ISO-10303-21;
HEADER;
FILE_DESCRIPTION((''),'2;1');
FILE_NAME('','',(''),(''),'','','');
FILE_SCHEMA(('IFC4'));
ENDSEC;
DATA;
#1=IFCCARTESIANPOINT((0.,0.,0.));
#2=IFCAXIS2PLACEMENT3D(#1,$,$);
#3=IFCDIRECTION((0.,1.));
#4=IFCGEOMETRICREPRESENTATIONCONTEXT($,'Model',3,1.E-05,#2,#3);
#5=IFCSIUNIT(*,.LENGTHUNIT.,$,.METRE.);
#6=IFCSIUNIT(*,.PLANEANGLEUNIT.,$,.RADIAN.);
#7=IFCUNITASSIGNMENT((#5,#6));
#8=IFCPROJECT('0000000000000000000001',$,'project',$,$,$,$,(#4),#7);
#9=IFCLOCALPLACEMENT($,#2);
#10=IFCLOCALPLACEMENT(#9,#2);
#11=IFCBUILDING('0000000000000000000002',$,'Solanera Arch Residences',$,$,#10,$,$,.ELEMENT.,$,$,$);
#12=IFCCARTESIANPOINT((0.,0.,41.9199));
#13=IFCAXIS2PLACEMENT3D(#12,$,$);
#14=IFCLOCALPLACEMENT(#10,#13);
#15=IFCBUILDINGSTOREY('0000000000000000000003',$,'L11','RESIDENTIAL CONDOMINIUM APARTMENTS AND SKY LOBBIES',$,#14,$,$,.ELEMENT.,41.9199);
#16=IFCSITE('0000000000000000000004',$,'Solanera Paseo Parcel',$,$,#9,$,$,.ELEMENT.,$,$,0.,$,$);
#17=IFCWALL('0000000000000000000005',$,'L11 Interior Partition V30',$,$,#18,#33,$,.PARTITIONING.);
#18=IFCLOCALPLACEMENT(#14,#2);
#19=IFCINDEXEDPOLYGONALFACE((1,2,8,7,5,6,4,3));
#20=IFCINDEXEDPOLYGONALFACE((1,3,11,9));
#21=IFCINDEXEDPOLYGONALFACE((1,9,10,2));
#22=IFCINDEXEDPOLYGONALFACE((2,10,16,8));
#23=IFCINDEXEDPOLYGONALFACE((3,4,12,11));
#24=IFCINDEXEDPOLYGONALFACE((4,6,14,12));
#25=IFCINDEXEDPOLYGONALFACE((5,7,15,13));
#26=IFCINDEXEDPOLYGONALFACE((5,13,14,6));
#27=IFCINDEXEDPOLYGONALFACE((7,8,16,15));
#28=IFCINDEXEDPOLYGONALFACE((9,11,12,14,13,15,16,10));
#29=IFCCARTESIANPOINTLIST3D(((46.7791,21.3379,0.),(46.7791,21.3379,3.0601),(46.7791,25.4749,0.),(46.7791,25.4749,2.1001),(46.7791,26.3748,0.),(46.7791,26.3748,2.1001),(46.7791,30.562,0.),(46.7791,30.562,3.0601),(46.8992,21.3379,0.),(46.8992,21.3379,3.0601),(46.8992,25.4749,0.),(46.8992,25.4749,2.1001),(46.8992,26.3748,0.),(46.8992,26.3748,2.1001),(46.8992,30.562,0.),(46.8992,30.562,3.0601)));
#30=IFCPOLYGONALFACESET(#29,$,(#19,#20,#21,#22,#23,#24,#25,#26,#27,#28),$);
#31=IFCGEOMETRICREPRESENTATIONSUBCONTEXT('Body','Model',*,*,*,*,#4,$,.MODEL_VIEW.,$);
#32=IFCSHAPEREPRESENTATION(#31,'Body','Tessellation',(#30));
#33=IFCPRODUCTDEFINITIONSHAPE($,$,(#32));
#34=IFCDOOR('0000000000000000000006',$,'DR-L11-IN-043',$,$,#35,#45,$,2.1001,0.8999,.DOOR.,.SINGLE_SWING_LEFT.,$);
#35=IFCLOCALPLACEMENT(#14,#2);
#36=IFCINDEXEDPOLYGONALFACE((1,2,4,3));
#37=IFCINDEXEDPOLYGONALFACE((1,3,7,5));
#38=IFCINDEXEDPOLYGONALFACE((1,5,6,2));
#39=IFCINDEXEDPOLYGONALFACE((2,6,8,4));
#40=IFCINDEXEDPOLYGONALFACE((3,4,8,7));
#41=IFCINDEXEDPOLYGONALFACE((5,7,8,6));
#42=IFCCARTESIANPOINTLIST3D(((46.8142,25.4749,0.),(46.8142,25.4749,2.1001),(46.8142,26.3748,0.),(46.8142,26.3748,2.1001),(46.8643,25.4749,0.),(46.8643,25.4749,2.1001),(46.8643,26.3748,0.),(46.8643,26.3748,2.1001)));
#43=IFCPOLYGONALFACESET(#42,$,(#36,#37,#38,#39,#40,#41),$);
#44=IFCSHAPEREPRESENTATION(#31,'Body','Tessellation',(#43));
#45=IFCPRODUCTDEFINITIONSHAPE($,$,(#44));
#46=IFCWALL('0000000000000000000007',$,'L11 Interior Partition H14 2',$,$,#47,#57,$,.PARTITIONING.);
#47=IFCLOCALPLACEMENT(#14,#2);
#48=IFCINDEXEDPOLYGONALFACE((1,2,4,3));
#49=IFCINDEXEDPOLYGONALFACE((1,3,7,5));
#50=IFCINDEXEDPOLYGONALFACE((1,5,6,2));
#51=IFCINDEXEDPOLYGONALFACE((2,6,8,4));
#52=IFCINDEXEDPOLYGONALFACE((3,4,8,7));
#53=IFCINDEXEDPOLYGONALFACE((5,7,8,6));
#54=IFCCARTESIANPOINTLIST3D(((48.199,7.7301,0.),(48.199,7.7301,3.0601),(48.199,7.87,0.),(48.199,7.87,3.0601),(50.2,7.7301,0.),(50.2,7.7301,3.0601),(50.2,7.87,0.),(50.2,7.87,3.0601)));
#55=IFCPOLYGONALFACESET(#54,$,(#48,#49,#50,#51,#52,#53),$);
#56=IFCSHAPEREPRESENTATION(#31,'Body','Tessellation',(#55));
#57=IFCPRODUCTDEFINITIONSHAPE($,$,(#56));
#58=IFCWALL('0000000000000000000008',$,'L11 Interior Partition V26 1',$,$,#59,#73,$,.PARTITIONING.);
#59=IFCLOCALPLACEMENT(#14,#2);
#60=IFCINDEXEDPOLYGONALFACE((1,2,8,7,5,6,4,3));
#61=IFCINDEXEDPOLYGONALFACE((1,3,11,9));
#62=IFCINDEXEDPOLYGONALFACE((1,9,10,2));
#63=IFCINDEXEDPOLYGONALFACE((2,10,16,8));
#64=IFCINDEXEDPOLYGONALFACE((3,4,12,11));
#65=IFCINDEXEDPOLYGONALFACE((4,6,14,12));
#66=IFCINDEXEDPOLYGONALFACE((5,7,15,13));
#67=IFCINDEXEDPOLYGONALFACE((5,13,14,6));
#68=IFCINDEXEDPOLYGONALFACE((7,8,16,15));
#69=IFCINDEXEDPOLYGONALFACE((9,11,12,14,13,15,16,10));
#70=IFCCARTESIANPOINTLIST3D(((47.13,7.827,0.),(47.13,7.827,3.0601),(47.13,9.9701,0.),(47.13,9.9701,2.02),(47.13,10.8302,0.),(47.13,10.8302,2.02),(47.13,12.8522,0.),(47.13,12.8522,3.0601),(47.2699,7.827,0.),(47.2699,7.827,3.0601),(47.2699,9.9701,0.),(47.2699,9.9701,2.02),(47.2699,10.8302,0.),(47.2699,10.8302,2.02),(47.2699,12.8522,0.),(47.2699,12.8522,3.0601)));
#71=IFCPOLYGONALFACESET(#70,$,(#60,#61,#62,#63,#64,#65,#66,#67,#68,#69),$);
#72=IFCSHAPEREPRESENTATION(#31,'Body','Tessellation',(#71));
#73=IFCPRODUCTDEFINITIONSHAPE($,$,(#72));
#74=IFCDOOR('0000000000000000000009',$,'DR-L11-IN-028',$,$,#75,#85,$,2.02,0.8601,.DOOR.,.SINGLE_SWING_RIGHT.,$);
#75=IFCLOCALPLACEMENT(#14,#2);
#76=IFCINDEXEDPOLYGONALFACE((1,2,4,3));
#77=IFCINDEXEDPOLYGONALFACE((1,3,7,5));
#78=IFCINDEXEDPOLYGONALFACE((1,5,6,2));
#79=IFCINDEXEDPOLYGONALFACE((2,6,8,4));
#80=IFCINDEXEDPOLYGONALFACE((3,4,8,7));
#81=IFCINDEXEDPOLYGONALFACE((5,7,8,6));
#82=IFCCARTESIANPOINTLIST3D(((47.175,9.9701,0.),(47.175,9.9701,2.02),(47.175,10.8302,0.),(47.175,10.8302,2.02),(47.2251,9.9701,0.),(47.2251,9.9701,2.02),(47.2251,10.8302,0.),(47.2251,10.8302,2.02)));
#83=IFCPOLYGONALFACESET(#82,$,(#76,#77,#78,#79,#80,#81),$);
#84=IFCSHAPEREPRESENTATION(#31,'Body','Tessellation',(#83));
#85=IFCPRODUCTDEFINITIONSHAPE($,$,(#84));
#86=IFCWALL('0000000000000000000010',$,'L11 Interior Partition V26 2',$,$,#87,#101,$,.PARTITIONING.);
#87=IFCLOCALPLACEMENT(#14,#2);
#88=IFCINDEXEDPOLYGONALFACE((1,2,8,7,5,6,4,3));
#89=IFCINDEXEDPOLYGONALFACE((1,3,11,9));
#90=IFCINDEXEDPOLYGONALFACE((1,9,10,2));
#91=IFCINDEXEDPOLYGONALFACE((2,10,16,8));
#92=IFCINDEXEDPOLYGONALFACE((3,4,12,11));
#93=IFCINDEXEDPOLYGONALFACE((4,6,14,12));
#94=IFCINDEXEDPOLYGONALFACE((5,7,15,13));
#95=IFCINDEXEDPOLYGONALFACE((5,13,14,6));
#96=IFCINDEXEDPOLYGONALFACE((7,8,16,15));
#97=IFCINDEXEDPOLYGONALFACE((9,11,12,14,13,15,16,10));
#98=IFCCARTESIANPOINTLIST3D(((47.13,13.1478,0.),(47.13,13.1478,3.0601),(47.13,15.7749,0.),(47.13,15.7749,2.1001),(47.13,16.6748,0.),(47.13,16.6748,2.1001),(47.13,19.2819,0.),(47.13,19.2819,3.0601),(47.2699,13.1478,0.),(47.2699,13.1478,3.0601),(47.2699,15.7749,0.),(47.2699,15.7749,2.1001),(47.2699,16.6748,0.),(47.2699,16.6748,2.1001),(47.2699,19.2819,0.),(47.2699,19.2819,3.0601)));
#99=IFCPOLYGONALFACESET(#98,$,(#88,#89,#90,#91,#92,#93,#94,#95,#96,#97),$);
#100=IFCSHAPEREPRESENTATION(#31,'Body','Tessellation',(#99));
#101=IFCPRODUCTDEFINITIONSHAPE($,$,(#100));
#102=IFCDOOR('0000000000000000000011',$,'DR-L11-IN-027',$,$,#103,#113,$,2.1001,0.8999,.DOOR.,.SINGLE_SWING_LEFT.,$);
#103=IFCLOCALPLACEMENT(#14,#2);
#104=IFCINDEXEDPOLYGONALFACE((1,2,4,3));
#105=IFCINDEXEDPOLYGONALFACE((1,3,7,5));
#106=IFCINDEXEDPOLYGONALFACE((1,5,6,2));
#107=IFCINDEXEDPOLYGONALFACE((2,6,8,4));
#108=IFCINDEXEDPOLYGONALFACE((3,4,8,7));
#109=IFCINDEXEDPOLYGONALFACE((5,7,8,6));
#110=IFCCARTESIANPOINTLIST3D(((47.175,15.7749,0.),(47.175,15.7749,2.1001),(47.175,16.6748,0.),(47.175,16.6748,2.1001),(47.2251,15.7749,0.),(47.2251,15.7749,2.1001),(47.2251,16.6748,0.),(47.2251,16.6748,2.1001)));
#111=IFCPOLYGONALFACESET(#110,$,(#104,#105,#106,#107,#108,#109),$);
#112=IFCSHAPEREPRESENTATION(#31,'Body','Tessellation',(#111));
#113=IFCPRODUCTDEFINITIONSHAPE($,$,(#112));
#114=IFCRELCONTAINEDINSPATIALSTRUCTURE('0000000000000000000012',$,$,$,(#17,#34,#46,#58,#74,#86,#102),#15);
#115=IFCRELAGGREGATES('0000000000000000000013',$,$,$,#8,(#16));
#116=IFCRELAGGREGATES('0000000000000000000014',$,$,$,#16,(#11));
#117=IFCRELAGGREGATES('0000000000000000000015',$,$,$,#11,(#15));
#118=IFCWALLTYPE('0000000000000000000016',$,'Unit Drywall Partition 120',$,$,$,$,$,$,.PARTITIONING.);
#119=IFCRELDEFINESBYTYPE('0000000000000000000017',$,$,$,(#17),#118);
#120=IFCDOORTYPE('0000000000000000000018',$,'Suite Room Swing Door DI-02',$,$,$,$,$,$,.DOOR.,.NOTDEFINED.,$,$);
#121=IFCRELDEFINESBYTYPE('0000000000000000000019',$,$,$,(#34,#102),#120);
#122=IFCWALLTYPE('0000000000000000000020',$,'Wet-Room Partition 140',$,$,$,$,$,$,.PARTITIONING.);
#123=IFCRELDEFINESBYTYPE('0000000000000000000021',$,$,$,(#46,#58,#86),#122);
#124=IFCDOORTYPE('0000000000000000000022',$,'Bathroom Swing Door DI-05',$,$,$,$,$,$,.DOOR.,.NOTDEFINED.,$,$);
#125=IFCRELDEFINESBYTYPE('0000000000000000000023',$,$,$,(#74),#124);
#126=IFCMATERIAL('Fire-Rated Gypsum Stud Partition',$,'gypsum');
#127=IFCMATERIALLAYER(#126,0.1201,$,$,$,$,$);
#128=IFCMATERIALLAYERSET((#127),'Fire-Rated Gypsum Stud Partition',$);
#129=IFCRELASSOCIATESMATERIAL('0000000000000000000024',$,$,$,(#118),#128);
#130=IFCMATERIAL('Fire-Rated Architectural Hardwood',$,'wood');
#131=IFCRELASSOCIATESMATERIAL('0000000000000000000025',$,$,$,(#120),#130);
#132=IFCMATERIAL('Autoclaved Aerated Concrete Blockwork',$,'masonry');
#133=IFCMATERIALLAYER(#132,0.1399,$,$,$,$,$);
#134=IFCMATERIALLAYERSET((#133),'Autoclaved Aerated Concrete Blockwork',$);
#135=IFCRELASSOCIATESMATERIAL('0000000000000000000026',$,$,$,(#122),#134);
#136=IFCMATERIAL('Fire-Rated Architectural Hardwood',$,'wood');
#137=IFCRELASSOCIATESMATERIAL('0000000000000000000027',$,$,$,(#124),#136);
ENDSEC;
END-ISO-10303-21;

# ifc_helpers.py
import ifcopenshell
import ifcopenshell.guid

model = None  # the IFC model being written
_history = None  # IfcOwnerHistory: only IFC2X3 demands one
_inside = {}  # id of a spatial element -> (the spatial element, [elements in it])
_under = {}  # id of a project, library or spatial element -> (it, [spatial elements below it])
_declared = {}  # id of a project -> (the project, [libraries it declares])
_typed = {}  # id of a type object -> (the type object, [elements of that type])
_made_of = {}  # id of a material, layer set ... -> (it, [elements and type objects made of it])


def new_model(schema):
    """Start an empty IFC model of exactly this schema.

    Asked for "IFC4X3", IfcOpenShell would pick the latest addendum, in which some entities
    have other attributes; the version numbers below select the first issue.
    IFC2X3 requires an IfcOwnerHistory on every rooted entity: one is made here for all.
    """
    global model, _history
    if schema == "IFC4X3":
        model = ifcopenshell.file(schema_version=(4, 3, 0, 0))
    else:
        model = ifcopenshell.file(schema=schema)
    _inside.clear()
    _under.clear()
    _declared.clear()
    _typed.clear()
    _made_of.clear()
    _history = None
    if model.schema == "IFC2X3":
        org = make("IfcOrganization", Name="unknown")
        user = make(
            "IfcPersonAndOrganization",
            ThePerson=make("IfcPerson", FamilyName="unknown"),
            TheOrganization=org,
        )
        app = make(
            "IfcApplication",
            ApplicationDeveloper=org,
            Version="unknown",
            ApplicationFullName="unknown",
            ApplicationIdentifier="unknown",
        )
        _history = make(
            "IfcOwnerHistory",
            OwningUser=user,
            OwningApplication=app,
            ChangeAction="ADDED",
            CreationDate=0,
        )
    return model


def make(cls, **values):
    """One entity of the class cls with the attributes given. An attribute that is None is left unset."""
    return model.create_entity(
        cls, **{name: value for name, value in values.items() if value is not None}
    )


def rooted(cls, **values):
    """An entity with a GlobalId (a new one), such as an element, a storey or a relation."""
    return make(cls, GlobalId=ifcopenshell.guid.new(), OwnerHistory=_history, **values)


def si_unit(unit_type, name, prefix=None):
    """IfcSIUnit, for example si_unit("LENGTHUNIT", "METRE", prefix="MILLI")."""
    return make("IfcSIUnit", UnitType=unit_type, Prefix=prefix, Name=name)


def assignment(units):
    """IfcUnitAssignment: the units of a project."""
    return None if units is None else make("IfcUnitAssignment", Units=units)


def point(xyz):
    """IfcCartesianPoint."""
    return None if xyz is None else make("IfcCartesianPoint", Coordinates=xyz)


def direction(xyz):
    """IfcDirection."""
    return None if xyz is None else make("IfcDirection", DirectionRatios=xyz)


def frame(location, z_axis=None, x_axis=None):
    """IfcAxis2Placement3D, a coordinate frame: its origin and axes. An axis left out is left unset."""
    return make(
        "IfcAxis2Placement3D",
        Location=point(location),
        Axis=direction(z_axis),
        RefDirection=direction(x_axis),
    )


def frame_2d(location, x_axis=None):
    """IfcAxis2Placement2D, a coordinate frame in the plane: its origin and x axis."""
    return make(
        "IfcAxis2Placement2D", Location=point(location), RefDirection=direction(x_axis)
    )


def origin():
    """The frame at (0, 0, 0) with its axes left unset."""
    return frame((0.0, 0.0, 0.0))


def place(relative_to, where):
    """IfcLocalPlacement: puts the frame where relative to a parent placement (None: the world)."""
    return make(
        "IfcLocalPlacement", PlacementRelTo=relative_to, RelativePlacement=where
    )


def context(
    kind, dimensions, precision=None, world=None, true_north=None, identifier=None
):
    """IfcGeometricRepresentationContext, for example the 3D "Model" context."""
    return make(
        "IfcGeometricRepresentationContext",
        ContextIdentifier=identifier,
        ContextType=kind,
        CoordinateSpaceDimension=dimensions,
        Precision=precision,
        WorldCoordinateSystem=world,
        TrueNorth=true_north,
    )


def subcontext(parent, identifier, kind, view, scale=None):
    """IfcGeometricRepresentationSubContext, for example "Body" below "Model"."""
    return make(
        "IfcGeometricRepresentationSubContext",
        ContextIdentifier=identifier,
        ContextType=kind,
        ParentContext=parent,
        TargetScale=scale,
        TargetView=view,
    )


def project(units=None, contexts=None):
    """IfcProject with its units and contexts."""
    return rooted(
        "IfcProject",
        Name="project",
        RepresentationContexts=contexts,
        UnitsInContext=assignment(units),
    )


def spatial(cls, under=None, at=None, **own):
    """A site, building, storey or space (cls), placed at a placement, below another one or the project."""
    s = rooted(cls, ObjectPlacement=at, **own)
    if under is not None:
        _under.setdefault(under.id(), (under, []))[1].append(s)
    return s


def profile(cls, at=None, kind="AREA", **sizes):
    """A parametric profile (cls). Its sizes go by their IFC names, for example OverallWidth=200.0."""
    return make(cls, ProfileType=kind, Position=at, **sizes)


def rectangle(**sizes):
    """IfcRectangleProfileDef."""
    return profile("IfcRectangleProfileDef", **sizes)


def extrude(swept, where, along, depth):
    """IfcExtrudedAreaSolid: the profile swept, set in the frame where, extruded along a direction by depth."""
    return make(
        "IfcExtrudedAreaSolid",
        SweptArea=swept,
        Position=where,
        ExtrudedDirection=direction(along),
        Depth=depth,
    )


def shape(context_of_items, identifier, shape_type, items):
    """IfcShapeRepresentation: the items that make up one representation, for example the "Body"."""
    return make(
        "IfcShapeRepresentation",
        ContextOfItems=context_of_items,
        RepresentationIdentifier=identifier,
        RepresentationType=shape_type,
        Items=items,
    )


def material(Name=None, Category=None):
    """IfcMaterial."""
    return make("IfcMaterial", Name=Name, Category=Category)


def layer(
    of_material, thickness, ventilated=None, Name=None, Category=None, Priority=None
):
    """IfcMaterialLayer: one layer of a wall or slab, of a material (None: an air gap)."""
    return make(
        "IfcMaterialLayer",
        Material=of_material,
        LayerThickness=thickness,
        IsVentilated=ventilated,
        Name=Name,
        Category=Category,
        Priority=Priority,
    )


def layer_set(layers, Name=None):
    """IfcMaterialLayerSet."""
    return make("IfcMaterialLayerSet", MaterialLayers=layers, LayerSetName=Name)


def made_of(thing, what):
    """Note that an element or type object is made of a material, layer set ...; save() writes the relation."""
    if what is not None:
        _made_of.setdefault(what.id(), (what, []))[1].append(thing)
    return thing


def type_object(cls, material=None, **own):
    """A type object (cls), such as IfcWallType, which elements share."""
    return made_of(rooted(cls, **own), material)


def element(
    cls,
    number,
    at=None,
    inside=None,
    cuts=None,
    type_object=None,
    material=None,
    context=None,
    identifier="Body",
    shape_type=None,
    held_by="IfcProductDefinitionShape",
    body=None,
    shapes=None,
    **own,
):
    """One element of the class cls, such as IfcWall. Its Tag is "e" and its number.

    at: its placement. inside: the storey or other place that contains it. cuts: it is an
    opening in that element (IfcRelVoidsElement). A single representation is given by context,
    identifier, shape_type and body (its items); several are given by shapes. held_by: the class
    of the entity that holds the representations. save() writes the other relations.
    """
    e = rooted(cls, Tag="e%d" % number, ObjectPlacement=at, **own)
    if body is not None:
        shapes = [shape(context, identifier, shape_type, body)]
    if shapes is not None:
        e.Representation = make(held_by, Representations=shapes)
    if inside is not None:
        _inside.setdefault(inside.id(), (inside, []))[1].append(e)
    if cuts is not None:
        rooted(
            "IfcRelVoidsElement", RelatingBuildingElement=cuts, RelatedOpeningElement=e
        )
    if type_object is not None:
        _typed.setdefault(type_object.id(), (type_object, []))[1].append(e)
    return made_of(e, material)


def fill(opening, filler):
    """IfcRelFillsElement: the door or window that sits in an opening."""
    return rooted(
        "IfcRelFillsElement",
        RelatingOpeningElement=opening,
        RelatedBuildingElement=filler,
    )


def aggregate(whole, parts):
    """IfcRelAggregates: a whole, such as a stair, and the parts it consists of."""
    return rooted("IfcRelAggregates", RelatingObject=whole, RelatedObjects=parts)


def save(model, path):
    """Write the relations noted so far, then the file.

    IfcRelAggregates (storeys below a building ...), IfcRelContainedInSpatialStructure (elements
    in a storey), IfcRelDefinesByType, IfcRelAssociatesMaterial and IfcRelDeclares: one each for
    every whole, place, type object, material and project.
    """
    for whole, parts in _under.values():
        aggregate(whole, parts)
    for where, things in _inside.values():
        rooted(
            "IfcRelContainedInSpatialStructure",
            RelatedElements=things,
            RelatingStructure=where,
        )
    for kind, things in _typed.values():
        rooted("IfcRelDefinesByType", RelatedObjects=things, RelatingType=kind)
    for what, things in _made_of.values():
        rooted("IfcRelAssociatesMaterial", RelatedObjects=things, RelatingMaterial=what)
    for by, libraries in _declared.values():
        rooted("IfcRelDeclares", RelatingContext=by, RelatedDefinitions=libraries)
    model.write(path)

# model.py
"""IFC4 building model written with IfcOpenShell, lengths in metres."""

from ifc_helpers import new_model, si_unit, direction, frame, frame_2d, origin, place, context, subcontext, project, spatial, rectangle, extrude, material, layer, layer_set, type_object, element, fill, save


model = new_model("IFC4")

# Units and contexts
model_context = context("Model", 3, precision=1e-05, world=origin(), true_north=direction((0.0, 1.0)))
body_context = subcontext(model_context, "Body", "Model", "MODEL_VIEW")
ifc_project = project(units=[si_unit("LENGTHUNIT", "METRE"), si_unit("PLANEANGLEUNIT", "RADIAN")], contexts=[model_context])

# Site, building, storey
site_placement = place(None, origin())
site = spatial("IfcSite", under=ifc_project, at=site_placement, Name="Solanera Paseo Parcel", CompositionType="ELEMENT", RefElevation=0.0)
building_placement = place(site_placement, origin())
building = spatial("IfcBuilding", under=site, at=building_placement, Name="Solanera Arch Residences", CompositionType="ELEMENT")
storey_placement = place(building_placement, frame((0.0, 0.0, 41.9199)))
storey = spatial("IfcBuildingStorey", under=building, at=storey_placement, Name="L11", Description="RESIDENTIAL CONDOMINIUM APARTMENTS AND SKY LOBBIES", CompositionType="ELEMENT", Elevation=41.9199)

# Shared definitions
ifc_material_1 = material(Name="Fire-Rated Gypsum Stud Partition", Category="gypsum")
ifc_layer_1 = layer(ifc_material_1, 0.1201)
ifc_layer_set_1 = layer_set([ifc_layer_1], Name="Fire-Rated Gypsum Stud Partition")
wall_type_1 = type_object("IfcWallType", Name="Unit Drywall Partition 120", PredefinedType="PARTITIONING", material=ifc_layer_set_1)

# Wall, opening, door
wall_1_placement = place(storey_placement, frame((46.8391, 21.3379, 0.0), z_axis=(0.0, 0.0, 1.0), x_axis=(0.0, 1.0, 0.0)))
wall_1 = element("IfcWall", 1, at=wall_1_placement, inside=storey, type_object=wall_type_1, Name="L11 Interior Partition V30", PredefinedType="PARTITIONING", context=body_context, shape_type="SweptSolid", body=[
    extrude(rectangle(XDim=9.2241, YDim=0.1201, at=frame_2d((4.6121, 0.0))), origin(), (0.0, 0.0, 1.0), 3.0601),
])
opening_1_placement = place(wall_1_placement, frame((4.137, 0.0, 0.0)))
opening_1 = element("IfcOpeningElement", 2, at=opening_1_placement, cuts=wall_1, PredefinedType="OPENING", context=body_context, shape_type="SweptSolid", body=[
    extrude(rectangle(XDim=0.8999, YDim=2.1001, at=frame_2d((0.45, 1.05))), frame((0.0, 0.0701, 0.0), z_axis=(0.0, -1.0, 0.0), x_axis=(1.0, 0.0, 0.0)), (0.0, 0.0, 1.0), 0.1401),
])
ifc_material_2 = material(Name="Fire-Rated Architectural Hardwood", Category="wood")
door_type_1 = type_object("IfcDoorType", Name="Suite Room Swing Door DI-02", OperationType="NOTDEFINED", PredefinedType="DOOR", material=ifc_material_2)
door_1_placement = place(opening_1_placement, origin())
door_1 = element("IfcDoor", 3, at=door_1_placement, inside=storey, type_object=door_type_1, Name="DR-L11-IN-043", OperationType="SINGLE_SWING_LEFT", OverallHeight=2.1001, OverallWidth=0.8999, PredefinedType="DOOR", context=body_context, shape_type="SweptSolid", body=[
    extrude(rectangle(XDim=0.8999, YDim=2.1001, at=frame_2d((0.45, 1.05))), frame((0.0, 0.0249, 0.0), z_axis=(0.0, -1.0, 0.0), x_axis=(1.0, 0.0, 0.0)), (0.0, 0.0, 1.0), 0.05),
])
fill(opening_1, door_1)

# Wall
ifc_material_3 = material(Name="Autoclaved Aerated Concrete Blockwork", Category="masonry")
ifc_layer_2 = layer(ifc_material_3, 0.1399)
ifc_layer_set_2 = layer_set([ifc_layer_2], Name="Autoclaved Aerated Concrete Blockwork")
wall_type_2 = type_object("IfcWallType", Name="Wet-Room Partition 140", PredefinedType="PARTITIONING", material=ifc_layer_set_2)
wall_2_placement = place(storey_placement, frame((48.199, 7.8, 0.0), z_axis=(0.0, 0.0, 1.0), x_axis=(1.0, 0.0, 0.0)))
element("IfcWall", 4, at=wall_2_placement, inside=storey, type_object=wall_type_2, Name="L11 Interior Partition H14 2", PredefinedType="PARTITIONING", context=body_context, shape_type="SweptSolid", body=[
    extrude(rectangle(XDim=2.001, YDim=0.1399, at=frame_2d((1.0005, 0.0))), origin(), (0.0, 0.0, 1.0), 3.0601),
])

# Walls, openings, doors
wall_3_placement = place(storey_placement, frame((47.2, 7.8269, 0.0), z_axis=(0.0, 0.0, 1.0), x_axis=(0.0, 1.0, 0.0)))
wall_3 = element("IfcWall", 5, at=wall_3_placement, inside=storey, type_object=wall_type_2, Name="L11 Interior Partition V26 1", PredefinedType="PARTITIONING", context=body_context, shape_type="SweptSolid", body=[
    extrude(rectangle(XDim=5.0251, YDim=0.1399, at=frame_2d((2.5127, 0.0))), origin(), (0.0, 0.0, 1.0), 3.0601),
])
opening_2_placement = place(wall_3_placement, frame((2.1431, 0.0, 0.0)))
opening_2 = element("IfcOpeningElement", 6, at=opening_2_placement, cuts=wall_3, PredefinedType="OPENING", context=body_context, shape_type="SweptSolid", body=[
    extrude(rectangle(XDim=0.8601, YDim=2.02, at=frame_2d((0.4302, 1.01))), frame((0.0, 0.0798, 0.0), z_axis=(0.0, -1.0, 0.0), x_axis=(1.0, 0.0, 0.0)), (0.0, 0.0, 1.0), 0.1599),
])
ifc_material_4 = material(Name="Fire-Rated Architectural Hardwood", Category="wood")
door_type_2 = type_object("IfcDoorType", Name="Bathroom Swing Door DI-05", OperationType="NOTDEFINED", PredefinedType="DOOR", material=ifc_material_4)
door_2_placement = place(opening_2_placement, origin())
door_2 = element("IfcDoor", 7, at=door_2_placement, inside=storey, type_object=door_type_2, Name="DR-L11-IN-028", OperationType="SINGLE_SWING_RIGHT", OverallHeight=2.02, OverallWidth=0.8601, PredefinedType="DOOR", context=body_context, shape_type="SweptSolid", body=[
    extrude(rectangle(XDim=0.8601, YDim=2.02, at=frame_2d((0.4302, 1.01))), frame((0.0, 0.0249, 0.0), z_axis=(0.0, -1.0, 0.0), x_axis=(1.0, 0.0, 0.0)), (0.0, 0.0, 1.0), 0.05),
])
fill(opening_2, door_2)
wall_4_placement = place(storey_placement, frame((47.2, 13.1479, 0.0), z_axis=(0.0, 0.0, 1.0), x_axis=(0.0, 1.0, 0.0)))
wall_4 = element("IfcWall", 8, at=wall_4_placement, inside=storey, type_object=wall_type_2, Name="L11 Interior Partition V26 2", PredefinedType="PARTITIONING", context=body_context, shape_type="SweptSolid", body=[
    extrude(rectangle(XDim=6.134, YDim=0.1399, at=frame_2d((3.0669, 0.0))), origin(), (0.0, 0.0, 1.0), 3.0601),
])
opening_3_placement = place(wall_4_placement, frame((2.627, 0.0, 0.0)))
opening_3 = element("IfcOpeningElement", 9, at=opening_3_placement, cuts=wall_4, PredefinedType="OPENING", context=body_context, shape_type="SweptSolid", body=[
    extrude(rectangle(XDim=0.8999, YDim=2.1001, at=frame_2d((0.45, 1.05))), frame((0.0, 0.0798, 0.0), z_axis=(0.0, -1.0, 0.0), x_axis=(1.0, 0.0, 0.0)), (0.0, 0.0, 1.0), 0.1599),
])
door_3_placement = place(opening_3_placement, origin())
door_3 = element("IfcDoor", 10, at=door_3_placement, inside=storey, type_object=door_type_1, Name="DR-L11-IN-027", OperationType="SINGLE_SWING_LEFT", OverallHeight=2.1001, OverallWidth=0.8999, PredefinedType="DOOR", context=body_context, shape_type="SweptSolid", body=[
    extrude(rectangle(XDim=0.8999, YDim=2.1001, at=frame_2d((0.45, 1.05))), frame((0.0, 0.0249, 0.0), z_axis=(0.0, -1.0, 0.0), x_axis=(1.0, 0.0, 0.0)), (0.0, 0.0, 1.0), 0.05),
])
fill(opening_3, door_3)

save(model, "model.ifc")
